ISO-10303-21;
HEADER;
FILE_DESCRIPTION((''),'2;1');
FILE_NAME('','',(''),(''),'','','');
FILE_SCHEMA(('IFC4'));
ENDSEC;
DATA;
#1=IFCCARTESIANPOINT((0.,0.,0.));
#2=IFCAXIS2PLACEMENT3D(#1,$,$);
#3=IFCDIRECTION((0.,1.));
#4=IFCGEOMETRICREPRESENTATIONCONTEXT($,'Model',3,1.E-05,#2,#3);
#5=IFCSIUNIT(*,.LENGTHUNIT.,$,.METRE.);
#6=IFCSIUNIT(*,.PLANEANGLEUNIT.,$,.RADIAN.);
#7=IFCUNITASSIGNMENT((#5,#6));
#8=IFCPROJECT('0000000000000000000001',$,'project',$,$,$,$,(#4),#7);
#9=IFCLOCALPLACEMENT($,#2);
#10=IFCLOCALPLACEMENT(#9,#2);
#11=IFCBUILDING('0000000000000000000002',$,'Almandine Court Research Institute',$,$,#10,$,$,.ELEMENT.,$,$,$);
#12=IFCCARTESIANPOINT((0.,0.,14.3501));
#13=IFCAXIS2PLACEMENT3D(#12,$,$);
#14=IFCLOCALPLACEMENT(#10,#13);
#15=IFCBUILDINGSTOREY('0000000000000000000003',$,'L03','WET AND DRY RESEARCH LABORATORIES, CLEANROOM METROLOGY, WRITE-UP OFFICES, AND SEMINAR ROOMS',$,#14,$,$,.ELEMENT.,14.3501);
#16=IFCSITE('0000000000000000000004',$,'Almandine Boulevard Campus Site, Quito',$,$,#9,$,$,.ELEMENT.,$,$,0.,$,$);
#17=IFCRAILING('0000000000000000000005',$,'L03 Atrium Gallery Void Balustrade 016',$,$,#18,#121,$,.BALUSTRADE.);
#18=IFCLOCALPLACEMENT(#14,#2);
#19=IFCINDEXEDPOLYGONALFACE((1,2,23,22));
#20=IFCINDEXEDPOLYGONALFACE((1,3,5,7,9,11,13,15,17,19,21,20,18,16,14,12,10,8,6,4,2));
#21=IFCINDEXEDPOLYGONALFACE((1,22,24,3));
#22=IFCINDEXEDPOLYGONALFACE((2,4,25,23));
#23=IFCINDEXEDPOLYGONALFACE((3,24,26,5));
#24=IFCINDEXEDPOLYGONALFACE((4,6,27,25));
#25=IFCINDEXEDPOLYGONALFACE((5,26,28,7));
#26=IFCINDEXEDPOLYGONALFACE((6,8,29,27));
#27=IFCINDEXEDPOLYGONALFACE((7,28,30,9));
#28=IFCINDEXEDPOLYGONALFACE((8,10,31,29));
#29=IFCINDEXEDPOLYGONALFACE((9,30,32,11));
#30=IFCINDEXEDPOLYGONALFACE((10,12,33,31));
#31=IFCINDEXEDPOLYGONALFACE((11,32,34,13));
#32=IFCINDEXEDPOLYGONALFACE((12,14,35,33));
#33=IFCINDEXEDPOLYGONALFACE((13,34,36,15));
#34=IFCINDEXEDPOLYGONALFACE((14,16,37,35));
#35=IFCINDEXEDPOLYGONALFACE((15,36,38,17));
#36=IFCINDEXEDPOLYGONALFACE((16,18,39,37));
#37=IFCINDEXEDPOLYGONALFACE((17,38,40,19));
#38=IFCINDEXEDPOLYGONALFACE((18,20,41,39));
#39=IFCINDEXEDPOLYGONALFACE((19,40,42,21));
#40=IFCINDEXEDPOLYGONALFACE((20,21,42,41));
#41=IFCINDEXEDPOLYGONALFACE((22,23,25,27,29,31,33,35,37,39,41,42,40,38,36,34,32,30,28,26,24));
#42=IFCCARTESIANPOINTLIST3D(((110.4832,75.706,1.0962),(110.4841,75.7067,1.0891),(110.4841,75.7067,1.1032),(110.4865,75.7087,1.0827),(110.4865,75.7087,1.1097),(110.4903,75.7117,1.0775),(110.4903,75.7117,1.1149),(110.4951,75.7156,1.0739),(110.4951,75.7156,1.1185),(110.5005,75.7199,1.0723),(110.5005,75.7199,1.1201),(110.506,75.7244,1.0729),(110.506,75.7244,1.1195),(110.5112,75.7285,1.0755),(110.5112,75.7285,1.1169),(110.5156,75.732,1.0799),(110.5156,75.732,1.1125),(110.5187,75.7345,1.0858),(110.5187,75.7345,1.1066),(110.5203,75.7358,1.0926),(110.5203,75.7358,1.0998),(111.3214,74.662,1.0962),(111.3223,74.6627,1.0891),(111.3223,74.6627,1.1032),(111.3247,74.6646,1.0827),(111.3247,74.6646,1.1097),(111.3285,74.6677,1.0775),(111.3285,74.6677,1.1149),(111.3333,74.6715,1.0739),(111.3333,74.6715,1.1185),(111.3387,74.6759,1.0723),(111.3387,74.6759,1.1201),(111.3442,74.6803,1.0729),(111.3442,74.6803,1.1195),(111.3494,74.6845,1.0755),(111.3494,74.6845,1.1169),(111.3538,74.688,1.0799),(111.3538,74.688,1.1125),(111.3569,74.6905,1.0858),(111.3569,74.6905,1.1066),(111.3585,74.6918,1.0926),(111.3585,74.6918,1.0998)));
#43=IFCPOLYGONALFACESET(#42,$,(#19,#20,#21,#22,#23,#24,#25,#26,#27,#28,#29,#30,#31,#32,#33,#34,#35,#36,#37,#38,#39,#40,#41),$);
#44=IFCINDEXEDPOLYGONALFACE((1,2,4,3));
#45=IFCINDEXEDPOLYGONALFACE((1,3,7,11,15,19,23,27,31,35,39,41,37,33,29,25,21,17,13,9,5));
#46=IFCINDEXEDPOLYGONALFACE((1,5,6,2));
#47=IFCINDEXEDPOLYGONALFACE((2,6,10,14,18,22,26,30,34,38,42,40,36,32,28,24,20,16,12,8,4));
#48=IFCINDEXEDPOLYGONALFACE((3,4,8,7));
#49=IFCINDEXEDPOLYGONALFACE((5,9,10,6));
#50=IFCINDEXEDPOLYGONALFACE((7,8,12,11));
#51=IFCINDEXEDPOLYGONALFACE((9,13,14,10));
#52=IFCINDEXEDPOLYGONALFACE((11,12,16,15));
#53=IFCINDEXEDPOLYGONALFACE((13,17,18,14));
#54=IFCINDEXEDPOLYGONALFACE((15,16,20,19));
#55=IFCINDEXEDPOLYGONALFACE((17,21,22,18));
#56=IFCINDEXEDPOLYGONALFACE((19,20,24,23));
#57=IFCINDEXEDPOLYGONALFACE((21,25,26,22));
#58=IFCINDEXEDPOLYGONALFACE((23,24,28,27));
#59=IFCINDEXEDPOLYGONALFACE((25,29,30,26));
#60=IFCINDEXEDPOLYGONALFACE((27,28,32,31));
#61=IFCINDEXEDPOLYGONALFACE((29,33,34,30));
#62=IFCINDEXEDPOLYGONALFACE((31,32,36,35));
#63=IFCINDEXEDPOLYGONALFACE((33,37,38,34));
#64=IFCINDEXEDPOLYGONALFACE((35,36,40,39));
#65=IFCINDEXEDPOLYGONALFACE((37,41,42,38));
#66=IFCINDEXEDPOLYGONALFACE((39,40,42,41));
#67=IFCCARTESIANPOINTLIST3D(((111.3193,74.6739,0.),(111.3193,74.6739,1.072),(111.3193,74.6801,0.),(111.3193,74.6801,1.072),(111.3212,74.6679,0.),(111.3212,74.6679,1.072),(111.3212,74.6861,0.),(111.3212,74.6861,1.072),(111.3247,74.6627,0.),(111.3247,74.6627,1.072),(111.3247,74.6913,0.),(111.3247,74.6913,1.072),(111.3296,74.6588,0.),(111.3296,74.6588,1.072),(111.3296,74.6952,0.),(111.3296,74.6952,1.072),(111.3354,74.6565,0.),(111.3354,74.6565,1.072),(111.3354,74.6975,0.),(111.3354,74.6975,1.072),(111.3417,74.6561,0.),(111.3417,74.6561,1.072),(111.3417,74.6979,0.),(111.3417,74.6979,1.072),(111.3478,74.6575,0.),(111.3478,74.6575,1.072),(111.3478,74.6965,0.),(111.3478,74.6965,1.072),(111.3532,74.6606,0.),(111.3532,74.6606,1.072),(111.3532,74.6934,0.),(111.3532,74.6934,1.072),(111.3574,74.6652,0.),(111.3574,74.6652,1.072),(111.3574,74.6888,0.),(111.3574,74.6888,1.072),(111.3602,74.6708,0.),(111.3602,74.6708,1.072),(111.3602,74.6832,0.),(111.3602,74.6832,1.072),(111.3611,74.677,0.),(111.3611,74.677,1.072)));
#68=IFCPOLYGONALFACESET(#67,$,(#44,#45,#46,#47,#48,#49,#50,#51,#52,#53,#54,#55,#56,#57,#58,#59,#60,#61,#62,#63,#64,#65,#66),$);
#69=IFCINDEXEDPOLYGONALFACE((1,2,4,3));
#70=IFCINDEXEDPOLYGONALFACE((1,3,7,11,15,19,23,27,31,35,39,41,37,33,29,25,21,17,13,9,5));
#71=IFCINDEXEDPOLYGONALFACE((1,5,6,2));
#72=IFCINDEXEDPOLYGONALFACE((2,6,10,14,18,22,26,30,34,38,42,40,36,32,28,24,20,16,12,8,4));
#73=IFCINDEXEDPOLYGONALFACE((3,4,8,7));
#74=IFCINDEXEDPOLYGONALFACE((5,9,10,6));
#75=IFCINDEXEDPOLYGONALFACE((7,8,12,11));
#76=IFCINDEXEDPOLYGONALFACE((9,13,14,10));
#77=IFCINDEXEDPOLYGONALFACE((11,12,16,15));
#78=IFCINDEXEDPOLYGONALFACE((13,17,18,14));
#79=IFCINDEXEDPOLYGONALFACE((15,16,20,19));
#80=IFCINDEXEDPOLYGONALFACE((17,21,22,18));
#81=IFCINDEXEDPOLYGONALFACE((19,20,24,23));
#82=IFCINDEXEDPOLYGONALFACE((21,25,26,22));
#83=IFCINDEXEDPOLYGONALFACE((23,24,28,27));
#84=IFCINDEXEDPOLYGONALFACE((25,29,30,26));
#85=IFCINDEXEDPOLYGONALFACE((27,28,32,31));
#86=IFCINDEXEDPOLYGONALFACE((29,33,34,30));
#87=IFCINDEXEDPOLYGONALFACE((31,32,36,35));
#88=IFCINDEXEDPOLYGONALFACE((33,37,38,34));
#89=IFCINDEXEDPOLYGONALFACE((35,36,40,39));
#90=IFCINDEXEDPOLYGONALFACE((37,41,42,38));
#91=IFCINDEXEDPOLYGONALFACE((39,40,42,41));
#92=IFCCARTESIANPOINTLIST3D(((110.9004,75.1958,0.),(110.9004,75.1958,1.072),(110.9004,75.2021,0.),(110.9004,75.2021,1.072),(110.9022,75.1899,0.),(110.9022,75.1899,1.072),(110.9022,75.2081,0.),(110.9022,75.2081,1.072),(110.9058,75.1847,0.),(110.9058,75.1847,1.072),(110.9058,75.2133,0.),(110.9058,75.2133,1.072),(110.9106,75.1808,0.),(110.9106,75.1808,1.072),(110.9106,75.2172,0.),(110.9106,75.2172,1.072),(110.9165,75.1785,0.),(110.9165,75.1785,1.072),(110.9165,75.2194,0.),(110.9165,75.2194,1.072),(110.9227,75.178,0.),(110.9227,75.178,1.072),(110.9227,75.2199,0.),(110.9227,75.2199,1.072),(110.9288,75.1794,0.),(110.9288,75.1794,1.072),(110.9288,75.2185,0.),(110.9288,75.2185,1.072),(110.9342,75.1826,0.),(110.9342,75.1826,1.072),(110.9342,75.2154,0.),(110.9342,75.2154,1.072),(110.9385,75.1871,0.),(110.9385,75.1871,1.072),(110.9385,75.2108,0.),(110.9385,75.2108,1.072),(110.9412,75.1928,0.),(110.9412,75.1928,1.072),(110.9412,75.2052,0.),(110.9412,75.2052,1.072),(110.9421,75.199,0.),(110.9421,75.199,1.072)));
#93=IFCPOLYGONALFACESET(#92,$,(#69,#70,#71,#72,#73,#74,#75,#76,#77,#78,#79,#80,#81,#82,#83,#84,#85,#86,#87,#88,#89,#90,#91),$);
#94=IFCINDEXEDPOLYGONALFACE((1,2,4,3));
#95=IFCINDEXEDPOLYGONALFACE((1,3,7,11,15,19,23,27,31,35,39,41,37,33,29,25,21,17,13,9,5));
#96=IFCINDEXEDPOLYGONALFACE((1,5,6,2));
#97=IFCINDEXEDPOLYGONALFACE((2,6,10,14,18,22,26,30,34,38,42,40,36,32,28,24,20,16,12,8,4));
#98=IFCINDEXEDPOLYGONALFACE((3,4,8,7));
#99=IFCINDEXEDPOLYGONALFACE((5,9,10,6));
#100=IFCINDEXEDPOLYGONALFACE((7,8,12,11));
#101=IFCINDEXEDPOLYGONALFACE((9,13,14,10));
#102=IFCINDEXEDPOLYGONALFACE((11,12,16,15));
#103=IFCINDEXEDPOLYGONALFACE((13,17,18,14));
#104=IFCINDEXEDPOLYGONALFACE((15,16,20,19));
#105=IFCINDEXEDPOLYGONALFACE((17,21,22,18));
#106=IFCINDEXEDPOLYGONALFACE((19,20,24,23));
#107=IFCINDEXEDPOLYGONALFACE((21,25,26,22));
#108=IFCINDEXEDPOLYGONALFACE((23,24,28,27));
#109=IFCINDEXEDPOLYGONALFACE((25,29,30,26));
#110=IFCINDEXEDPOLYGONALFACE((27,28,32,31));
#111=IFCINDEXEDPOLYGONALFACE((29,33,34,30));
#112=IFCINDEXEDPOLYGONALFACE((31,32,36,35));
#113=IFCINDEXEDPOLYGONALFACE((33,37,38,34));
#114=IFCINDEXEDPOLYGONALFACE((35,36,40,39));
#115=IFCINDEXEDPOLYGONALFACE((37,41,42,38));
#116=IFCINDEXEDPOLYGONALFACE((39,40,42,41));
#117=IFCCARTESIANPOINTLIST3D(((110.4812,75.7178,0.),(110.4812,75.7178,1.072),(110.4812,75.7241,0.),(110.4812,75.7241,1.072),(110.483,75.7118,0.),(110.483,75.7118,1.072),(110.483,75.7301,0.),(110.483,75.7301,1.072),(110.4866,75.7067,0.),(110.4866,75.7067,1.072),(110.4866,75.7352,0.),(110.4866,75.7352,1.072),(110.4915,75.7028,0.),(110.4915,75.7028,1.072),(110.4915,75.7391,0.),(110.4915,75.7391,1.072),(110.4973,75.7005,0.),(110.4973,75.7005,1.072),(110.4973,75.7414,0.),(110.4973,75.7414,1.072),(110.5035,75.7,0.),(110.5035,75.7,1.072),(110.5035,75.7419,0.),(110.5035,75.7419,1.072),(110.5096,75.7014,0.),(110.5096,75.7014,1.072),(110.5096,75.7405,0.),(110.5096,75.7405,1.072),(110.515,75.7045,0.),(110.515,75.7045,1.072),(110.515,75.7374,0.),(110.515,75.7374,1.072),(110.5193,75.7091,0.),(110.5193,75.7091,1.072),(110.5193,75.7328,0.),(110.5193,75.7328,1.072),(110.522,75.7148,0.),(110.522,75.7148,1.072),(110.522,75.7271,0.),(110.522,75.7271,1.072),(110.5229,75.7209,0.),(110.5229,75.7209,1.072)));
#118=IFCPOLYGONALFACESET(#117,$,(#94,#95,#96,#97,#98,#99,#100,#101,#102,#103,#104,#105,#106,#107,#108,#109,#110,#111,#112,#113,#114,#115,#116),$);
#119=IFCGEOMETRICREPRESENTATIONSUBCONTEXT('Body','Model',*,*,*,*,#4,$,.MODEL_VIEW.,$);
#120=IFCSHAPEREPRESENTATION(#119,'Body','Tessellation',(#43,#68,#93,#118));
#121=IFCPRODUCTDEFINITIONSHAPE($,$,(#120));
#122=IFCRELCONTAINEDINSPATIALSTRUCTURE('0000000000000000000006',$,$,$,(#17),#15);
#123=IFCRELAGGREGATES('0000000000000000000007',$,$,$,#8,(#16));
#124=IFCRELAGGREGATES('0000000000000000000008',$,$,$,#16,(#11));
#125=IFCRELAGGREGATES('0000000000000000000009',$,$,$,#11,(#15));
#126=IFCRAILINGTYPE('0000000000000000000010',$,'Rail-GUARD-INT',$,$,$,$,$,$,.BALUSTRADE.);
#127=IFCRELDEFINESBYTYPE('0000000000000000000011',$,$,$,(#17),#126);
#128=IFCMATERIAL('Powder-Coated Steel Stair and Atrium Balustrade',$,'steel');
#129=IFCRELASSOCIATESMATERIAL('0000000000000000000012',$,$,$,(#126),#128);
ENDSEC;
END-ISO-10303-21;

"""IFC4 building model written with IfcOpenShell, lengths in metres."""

from ifc_helpers import new_model, si_unit, direction, frame, origin, origin_2d, place, context, subcontext, project, spatial, circle, extrude, material, type_object, element, save


model = new_model("IFC4")

# Units and contexts
model_context = context("Model", 3, precision=1e-05, world=origin(), true_north=direction((0.0, 1.0)))
body_context = subcontext(model_context, "Body", "Model", "MODEL_VIEW")
ifc_project = project(units=[si_unit("LENGTHUNIT", "METRE"), si_unit("PLANEANGLEUNIT", "RADIAN")], contexts=[model_context])

# Site, building, storey
site_placement = place(None, origin())
site = spatial("IfcSite", under=ifc_project, at=site_placement, Name="Almandine Boulevard Campus Site, Quito", CompositionType="ELEMENT", RefElevation=0.0)
building_placement = place(site_placement, origin())
building = spatial("IfcBuilding", under=site, at=building_placement, Name="Almandine Court Research Institute", CompositionType="ELEMENT")
storey_placement = place(building_placement, frame((0.0, 0.0, 14.3501)))
storey = spatial("IfcBuildingStorey", under=building, at=storey_placement, Name="L03", Description="WET AND DRY RESEARCH LABORATORIES, CLEANROOM METROLOGY, WRITE-UP OFFICES, AND SEMINAR ROOMS", CompositionType="ELEMENT", Elevation=14.3501)

# Railing
ifc_material_1 = material(Name="Powder-Coated Steel Stair and Atrium Balustrade", Category="steel")
railing_type = type_object("IfcRailingType", Name="Rail-GUARD-INT", PredefinedType="BALUSTRADE", material=ifc_material_1)
railing_1_placement = place(storey_placement, frame((111.3401, 74.677, 0.0)))
element("IfcRailing", 1, at=railing_1_placement, inside=storey, type_object=railing_type, Name="L03 Atrium Gallery Void Balustrade 016", PredefinedType="BALUSTRADE", context=body_context, shape_type="SweptSolid", body=[
    extrude(circle(Radius=0.0239, at=origin_2d()), frame((0.0, 0.0, 1.0962), z_axis=(-0.626051, 0.779782, 0.0), x_axis=(-0.779782, -0.626051, 0.0)), (0.0, 0.0, 1.0), 1.3389),
    extrude(circle(Radius=0.021, at=origin_2d()), origin(), (0.0, 0.0, 1.0), 1.072),
    extrude(circle(Radius=0.021, at=origin_2d()), frame((-0.4189, 0.522, 0.0)), (0.0, 0.0, 1.0), 1.072),
    extrude(circle(Radius=0.021, at=origin_2d()), frame((-0.8381, 1.0439, 0.0)), (0.0, 0.0, 1.0), 1.072),
])

save(model, "model.ifc")
